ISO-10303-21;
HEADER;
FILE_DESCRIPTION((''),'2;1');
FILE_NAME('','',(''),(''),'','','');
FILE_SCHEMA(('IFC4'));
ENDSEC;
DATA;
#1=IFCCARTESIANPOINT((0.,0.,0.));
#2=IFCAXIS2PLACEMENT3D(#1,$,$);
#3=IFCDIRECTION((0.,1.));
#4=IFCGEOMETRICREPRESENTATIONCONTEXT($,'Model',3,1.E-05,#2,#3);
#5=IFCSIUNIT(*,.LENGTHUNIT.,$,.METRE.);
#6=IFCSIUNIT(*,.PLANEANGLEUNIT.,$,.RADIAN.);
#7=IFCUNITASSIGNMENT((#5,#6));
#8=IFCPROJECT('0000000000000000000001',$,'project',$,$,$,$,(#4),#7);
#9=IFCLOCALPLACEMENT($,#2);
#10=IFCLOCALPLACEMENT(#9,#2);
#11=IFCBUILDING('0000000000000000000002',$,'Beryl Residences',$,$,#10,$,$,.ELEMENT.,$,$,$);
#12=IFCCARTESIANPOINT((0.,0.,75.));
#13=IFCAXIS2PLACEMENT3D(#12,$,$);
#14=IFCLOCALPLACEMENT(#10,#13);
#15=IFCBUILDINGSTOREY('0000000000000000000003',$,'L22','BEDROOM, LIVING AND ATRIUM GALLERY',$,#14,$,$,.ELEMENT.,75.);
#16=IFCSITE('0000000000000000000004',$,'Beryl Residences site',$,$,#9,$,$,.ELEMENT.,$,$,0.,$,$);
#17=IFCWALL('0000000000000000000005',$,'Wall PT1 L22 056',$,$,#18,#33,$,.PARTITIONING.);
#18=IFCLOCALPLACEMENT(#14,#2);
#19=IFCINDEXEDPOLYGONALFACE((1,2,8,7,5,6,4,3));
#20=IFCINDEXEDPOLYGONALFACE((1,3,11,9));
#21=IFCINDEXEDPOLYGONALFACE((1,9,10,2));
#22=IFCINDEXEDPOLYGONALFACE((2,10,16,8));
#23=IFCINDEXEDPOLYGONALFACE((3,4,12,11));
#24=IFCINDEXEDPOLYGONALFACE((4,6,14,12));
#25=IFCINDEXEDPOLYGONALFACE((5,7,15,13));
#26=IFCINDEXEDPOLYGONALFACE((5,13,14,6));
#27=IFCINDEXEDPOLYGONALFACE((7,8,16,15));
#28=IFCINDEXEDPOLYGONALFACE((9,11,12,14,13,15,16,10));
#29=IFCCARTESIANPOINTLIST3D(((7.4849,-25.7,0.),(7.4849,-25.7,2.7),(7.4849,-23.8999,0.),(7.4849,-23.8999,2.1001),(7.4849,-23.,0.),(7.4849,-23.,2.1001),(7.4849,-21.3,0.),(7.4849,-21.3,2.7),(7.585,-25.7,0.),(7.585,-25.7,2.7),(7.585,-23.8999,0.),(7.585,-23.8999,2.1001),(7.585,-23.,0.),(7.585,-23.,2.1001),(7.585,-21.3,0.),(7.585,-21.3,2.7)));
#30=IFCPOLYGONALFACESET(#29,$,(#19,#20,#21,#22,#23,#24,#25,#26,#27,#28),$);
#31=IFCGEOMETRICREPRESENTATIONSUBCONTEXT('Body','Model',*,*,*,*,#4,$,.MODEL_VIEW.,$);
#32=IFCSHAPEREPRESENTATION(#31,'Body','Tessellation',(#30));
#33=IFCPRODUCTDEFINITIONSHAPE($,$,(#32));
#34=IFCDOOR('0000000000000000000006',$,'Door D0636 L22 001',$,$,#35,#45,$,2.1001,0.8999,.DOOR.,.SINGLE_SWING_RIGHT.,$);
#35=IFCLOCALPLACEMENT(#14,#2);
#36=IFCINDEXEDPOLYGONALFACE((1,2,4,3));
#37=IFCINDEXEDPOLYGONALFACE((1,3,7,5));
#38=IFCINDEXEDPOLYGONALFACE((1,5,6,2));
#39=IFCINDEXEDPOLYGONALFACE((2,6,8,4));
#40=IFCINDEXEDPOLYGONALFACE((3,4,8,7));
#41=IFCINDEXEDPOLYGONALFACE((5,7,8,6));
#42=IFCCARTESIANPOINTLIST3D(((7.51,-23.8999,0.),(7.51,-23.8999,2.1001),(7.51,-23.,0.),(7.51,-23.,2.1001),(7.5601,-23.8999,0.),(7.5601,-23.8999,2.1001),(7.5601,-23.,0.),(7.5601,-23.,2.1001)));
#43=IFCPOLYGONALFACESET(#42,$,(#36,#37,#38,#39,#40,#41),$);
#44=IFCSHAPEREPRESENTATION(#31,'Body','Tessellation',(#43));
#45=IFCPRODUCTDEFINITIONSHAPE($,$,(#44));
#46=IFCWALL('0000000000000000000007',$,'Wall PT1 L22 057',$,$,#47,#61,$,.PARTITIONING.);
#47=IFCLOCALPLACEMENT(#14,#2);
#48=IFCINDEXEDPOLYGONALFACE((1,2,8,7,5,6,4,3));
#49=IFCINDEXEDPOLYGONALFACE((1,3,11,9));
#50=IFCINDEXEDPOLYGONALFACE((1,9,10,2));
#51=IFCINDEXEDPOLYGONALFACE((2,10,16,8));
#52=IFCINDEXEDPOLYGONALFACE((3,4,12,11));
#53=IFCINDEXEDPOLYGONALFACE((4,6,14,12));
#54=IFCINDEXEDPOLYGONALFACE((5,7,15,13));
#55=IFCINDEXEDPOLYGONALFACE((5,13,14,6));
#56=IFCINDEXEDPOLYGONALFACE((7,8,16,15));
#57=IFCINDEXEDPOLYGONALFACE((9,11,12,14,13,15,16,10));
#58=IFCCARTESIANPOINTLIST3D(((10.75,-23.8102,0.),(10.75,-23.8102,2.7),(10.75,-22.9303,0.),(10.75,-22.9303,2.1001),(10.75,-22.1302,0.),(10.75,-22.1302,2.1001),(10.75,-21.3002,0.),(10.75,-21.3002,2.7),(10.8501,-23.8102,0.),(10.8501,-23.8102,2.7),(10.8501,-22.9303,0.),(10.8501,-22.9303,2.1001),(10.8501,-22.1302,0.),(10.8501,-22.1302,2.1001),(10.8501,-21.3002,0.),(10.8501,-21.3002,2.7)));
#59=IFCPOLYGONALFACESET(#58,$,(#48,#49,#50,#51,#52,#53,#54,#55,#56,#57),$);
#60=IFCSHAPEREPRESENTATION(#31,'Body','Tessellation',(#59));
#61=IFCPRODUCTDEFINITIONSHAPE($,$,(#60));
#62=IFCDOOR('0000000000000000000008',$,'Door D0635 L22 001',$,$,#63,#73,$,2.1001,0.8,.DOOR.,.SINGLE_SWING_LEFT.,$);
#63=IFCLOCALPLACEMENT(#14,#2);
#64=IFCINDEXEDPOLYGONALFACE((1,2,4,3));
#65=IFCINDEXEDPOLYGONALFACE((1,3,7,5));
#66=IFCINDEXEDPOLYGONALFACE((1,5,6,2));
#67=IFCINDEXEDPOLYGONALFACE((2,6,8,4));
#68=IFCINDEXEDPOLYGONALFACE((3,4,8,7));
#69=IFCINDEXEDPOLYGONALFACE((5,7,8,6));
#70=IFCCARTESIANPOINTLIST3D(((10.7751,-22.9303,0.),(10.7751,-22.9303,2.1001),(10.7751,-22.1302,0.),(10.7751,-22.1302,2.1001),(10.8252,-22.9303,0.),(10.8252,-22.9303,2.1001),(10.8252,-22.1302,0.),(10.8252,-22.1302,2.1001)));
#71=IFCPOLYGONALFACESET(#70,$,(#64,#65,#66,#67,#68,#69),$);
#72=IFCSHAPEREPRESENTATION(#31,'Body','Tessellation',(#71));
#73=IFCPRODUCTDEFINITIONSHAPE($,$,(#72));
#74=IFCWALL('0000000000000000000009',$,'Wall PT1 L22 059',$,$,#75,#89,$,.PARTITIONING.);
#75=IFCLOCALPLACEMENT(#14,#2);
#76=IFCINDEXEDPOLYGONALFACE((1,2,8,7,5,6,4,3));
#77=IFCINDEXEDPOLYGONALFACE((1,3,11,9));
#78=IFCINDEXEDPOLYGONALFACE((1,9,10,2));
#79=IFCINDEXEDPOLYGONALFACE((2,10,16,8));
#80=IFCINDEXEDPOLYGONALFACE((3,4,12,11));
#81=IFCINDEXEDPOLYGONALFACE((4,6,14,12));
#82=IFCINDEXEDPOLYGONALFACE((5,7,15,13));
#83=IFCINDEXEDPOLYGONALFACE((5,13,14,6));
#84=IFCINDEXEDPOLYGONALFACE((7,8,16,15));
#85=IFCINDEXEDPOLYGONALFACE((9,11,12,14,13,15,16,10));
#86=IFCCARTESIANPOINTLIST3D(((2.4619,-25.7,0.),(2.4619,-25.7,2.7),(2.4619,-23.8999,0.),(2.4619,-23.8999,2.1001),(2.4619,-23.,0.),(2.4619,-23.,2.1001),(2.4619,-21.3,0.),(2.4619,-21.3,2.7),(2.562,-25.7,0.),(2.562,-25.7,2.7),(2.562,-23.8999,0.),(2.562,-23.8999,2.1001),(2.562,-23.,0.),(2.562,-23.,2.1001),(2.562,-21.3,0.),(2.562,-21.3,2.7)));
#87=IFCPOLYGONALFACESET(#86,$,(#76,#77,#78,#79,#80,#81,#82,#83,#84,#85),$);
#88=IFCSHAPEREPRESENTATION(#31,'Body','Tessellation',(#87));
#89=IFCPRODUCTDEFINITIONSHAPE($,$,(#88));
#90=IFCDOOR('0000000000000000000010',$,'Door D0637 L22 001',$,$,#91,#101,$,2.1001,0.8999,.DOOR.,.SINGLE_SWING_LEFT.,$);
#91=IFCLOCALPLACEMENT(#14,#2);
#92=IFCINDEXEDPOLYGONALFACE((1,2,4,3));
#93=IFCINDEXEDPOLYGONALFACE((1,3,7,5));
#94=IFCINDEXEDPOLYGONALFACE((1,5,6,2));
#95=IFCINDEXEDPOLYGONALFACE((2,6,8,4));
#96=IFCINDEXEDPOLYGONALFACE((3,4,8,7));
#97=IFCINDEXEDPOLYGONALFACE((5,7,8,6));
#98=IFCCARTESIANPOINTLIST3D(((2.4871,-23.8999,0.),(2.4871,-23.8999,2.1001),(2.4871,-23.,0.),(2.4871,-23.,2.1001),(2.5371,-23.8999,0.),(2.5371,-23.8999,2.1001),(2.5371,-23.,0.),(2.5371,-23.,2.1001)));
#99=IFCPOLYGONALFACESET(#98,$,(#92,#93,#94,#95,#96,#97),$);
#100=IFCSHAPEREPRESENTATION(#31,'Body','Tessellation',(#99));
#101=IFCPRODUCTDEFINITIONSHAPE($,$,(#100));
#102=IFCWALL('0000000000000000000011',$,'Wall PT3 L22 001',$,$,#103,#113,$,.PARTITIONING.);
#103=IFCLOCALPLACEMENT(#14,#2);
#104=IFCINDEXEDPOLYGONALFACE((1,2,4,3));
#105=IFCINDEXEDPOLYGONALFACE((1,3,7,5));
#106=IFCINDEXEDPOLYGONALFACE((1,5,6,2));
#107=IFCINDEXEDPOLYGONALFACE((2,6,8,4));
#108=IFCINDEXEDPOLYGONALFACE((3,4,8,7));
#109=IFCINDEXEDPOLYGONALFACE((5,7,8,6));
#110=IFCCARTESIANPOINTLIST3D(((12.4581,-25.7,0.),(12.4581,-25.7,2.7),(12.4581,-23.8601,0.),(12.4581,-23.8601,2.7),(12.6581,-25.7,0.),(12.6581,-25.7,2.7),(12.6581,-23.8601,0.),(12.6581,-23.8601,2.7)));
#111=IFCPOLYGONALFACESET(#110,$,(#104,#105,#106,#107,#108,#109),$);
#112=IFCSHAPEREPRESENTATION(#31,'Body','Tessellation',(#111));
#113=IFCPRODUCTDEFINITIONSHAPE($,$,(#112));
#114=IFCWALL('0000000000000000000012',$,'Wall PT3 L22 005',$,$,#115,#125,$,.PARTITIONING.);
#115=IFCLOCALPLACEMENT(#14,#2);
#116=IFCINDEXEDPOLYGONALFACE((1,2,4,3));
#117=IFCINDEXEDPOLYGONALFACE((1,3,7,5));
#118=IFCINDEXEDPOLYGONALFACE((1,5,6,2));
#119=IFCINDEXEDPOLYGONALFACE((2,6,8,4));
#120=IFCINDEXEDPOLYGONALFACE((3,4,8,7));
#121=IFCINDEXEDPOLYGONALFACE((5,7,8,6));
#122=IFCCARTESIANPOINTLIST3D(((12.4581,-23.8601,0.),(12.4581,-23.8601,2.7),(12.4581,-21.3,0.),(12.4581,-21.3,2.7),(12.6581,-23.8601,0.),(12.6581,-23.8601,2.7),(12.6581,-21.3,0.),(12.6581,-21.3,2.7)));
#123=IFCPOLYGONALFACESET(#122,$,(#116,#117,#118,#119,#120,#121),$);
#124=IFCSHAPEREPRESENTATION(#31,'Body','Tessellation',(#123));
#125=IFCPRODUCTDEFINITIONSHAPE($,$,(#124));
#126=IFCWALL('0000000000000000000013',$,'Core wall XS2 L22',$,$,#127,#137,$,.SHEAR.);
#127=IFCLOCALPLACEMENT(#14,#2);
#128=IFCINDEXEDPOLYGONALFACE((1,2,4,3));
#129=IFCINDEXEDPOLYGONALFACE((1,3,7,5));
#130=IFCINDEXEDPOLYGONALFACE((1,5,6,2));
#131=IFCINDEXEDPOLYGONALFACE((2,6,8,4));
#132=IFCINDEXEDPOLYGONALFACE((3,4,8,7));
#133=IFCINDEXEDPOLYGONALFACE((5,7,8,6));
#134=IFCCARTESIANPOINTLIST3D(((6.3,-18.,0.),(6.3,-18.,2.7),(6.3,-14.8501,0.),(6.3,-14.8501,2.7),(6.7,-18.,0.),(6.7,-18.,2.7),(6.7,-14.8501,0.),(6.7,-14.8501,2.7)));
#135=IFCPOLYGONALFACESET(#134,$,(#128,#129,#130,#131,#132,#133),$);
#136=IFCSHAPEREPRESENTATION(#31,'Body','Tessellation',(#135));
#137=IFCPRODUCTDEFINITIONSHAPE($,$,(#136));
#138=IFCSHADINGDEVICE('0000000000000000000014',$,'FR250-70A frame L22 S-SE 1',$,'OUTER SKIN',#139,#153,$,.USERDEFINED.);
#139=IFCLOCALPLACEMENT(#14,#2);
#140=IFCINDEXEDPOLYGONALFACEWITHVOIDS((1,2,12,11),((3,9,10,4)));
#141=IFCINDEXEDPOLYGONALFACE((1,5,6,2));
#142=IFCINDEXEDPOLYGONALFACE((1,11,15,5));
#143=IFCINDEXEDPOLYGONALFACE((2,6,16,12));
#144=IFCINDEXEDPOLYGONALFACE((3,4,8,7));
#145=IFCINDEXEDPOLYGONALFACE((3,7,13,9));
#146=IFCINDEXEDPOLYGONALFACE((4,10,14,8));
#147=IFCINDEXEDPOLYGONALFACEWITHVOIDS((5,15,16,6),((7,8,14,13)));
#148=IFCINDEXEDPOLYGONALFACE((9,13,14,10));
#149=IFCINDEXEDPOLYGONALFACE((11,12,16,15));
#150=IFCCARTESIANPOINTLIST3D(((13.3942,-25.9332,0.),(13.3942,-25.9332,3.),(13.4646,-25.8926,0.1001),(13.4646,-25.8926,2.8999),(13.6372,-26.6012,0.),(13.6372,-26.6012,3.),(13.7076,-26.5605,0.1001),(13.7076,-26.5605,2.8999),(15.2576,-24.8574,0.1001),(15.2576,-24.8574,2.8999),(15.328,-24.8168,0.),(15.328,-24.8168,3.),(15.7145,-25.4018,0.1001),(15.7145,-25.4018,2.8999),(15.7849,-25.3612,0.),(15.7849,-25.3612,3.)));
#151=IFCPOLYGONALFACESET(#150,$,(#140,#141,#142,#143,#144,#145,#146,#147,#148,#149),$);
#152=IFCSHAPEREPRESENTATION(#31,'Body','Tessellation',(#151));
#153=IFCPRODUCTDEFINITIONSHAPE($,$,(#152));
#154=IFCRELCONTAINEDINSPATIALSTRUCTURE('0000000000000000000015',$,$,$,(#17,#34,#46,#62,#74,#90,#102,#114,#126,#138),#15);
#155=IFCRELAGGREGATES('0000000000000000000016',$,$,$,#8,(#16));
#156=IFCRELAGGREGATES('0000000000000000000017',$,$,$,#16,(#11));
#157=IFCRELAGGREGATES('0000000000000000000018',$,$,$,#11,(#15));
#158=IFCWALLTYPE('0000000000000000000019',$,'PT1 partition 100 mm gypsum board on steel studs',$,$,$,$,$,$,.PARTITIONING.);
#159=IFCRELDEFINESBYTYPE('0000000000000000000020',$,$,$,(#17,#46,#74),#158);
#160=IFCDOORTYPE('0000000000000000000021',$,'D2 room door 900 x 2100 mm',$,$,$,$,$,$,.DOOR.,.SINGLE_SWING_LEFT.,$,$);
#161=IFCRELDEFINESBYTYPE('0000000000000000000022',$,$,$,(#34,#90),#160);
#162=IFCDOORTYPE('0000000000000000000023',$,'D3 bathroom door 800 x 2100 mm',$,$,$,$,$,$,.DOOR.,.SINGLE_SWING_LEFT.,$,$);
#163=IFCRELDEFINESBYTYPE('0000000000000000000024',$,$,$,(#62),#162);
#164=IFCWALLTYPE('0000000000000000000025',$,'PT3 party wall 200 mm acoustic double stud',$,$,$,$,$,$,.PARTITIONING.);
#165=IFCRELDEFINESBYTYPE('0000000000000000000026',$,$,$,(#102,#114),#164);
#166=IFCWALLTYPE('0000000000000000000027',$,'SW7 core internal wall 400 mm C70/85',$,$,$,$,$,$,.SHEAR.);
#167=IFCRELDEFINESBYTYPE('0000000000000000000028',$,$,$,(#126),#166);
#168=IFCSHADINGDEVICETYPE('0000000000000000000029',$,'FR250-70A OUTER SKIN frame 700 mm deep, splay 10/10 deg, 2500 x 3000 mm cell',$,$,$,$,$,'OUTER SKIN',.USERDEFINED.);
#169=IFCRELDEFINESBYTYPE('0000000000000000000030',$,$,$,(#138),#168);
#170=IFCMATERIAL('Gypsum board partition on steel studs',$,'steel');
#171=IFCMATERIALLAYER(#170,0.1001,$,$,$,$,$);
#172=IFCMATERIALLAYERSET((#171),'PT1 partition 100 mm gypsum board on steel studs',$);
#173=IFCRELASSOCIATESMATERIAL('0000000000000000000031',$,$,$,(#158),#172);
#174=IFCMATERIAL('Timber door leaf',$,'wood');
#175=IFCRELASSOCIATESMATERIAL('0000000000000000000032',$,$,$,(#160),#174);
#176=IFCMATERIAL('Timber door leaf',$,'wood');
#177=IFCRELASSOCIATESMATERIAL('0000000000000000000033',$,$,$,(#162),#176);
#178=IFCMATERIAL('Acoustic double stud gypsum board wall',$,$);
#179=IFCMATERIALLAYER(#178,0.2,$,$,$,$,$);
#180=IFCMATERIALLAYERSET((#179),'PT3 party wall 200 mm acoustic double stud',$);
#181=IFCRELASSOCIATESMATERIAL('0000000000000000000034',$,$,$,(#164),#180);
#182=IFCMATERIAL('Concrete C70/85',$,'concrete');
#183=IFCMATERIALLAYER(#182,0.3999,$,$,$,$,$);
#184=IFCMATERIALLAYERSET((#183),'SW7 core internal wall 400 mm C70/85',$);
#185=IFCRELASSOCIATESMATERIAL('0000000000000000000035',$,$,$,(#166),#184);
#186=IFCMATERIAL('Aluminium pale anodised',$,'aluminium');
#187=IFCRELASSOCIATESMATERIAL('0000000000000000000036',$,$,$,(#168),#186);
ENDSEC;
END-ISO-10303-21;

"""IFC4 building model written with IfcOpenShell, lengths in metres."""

from ifc_helpers import new_model, entity, si_unit, direction, frame, frame_2d, origin, place, context, subcontext, project, spatial, rectangle, extrude, source, transform, mapped, material, layer, layer_set, type_object, type_shapes, element, fill, save


model = new_model("IFC4")

# Units and contexts
model_context = context("Model", 3, precision=1e-05, world=origin(), true_north=direction((0.0, 1.0)))
body_context = subcontext(model_context, "Body", "Model", "MODEL_VIEW")
ifc_project = project(units=[si_unit("LENGTHUNIT", "METRE"), si_unit("PLANEANGLEUNIT", "RADIAN")], contexts=[model_context])

# Site, building, storey
site_placement = place(None, origin())
site = spatial("IfcSite", under=ifc_project, at=site_placement, Name="Beryl Residences site", CompositionType="ELEMENT", RefElevation=0.0)
building_placement = place(site_placement, origin())
building = spatial("IfcBuilding", under=site, at=building_placement, Name="Beryl Residences", CompositionType="ELEMENT")
storey_placement = place(building_placement, frame((0.0, 0.0, 75.0)))
storey = spatial("IfcBuildingStorey", under=building, at=storey_placement, Name="L22", Description="BEDROOM, LIVING AND ATRIUM GALLERY", CompositionType="ELEMENT", Elevation=75.0)

# Shared definitions
ifc_material_1 = material(Name="Gypsum board partition on steel studs", Category="steel")
ifc_layer_1 = layer(ifc_material_1, 0.1001)
ifc_layer_set_1 = layer_set([ifc_layer_1], Name="PT1 partition 100 mm gypsum board on steel studs")
wall_type_1 = type_object("IfcWallType", Name="PT1 partition 100 mm gypsum board on steel studs", PredefinedType="PARTITIONING", material=ifc_layer_set_1)
ifc_material_2 = material(Name="Timber door leaf", Category="wood")
door_type_1 = type_object("IfcDoorType", Name="D2 room door 900 x 2100 mm", OperationType="SINGLE_SWING_LEFT", PredefinedType="DOOR", material=ifc_material_2)

# Walls, openings, doors
wall_1_placement = place(storey_placement, frame((7.5349, -25.7, 0.0), z_axis=(0.0, 0.0, 1.0), x_axis=(0.0, 1.0, 0.0)))
wall_1 = element("IfcWall", 1, at=wall_1_placement, inside=storey, type_object=wall_type_1, Name="Wall PT1 L22 056", PredefinedType="PARTITIONING", context=body_context, shape_type="SweptSolid", body=[
    extrude(rectangle(XDim=4.3999, YDim=0.1001, at=frame_2d((2.2, 0.0))), origin(), (0.0, 0.0, 1.0), 2.7),
])
opening_1_placement = place(wall_1_placement, frame((1.8, 0.0, 0.0)))
opening_1 = element("IfcOpeningElement", 2, at=opening_1_placement, cuts=wall_1, PredefinedType="OPENING", context=body_context, shape_type="SweptSolid", body=[
    extrude(rectangle(XDim=0.8999, YDim=2.1001, at=frame_2d((0.45, 1.05))), frame((0.0, 0.0601, 0.0), z_axis=(0.0, -1.0, 0.0), x_axis=(1.0, 0.0, 0.0)), (0.0, 0.0, 1.0), 0.1201),
])
door_1_placement = place(opening_1_placement, origin())
door_1 = element("IfcDoor", 3, at=door_1_placement, inside=storey, type_object=door_type_1, Name="Door D0636 L22 001", OperationType="SINGLE_SWING_RIGHT", OverallHeight=2.1001, OverallWidth=0.8999, PredefinedType="DOOR", context=body_context, shape_type="SweptSolid", body=[
    extrude(rectangle(XDim=0.8999, YDim=2.1001, at=frame_2d((0.45, 1.05))), frame((0.0, 0.0249, 0.0), z_axis=(0.0, -1.0, 0.0), x_axis=(1.0, 0.0, 0.0)), (0.0, 0.0, 1.0), 0.05),
])
fill(opening_1, door_1)
wall_2_placement = place(storey_placement, frame((10.8, -23.8101, 0.0), z_axis=(0.0, 0.0, 1.0), x_axis=(0.0, 1.0, 0.0)))
wall_2 = element("IfcWall", 4, at=wall_2_placement, inside=storey, type_object=wall_type_1, Name="Wall PT1 L22 057", PredefinedType="PARTITIONING", context=body_context, shape_type="SweptSolid", body=[
    extrude(rectangle(XDim=2.51, YDim=0.1001, at=frame_2d((1.2549, 0.0))), origin(), (0.0, 0.0, 1.0), 2.7),
])
opening_2_placement = place(wall_2_placement, frame((0.8799, 0.0, 0.0)))
opening_2 = element("IfcOpeningElement", 5, at=opening_2_placement, cuts=wall_2, PredefinedType="OPENING", context=body_context, shape_type="SweptSolid", body=[
    extrude(rectangle(XDim=0.8, YDim=2.1001, at=frame_2d((0.3999, 1.05))), frame((0.0, 0.0601, 0.0), z_axis=(0.0, -1.0, 0.0), x_axis=(1.0, 0.0, 0.0)), (0.0, 0.0, 1.0), 0.1201),
])
ifc_material_3 = material(Name="Timber door leaf", Category="wood")
door_type_2 = type_object("IfcDoorType", Name="D3 bathroom door 800 x 2100 mm", OperationType="SINGLE_SWING_LEFT", PredefinedType="DOOR", material=ifc_material_3)
door_2_placement = place(opening_2_placement, origin())
door_2 = element("IfcDoor", 6, at=door_2_placement, inside=storey, type_object=door_type_2, Name="Door D0635 L22 001", OperationType="SINGLE_SWING_LEFT", OverallHeight=2.1001, OverallWidth=0.8, PredefinedType="DOOR", context=body_context, shape_type="SweptSolid", body=[
    extrude(rectangle(XDim=0.8, YDim=2.1001, at=frame_2d((0.3999, 1.05))), frame((0.0, 0.0249, 0.0), z_axis=(0.0, -1.0, 0.0), x_axis=(1.0, 0.0, 0.0)), (0.0, 0.0, 1.0), 0.05),
])
fill(opening_2, door_2)
wall_3_placement = place(storey_placement, frame((2.512, -25.7, 0.0), z_axis=(0.0, 0.0, 1.0), x_axis=(0.0, 1.0, 0.0)))
wall_3 = element("IfcWall", 7, at=wall_3_placement, inside=storey, type_object=wall_type_1, Name="Wall PT1 L22 059", PredefinedType="PARTITIONING", context=body_context, shape_type="SweptSolid", body=[
    extrude(rectangle(XDim=4.3999, YDim=0.1001, at=frame_2d((2.2, 0.0))), origin(), (0.0, 0.0, 1.0), 2.7),
])
opening_3_placement = place(wall_3_placement, frame((1.8, 0.0, 0.0)))
opening_3 = element("IfcOpeningElement", 8, at=opening_3_placement, cuts=wall_3, PredefinedType="OPENING", context=body_context, shape_type="SweptSolid", body=[
    extrude(rectangle(XDim=0.8999, YDim=2.1001, at=frame_2d((0.45, 1.05))), frame((0.0, 0.0601, 0.0), z_axis=(0.0, -1.0, 0.0), x_axis=(1.0, 0.0, 0.0)), (0.0, 0.0, 1.0), 0.1201),
])
door_3_placement = place(opening_3_placement, origin())
door_3 = element("IfcDoor", 9, at=door_3_placement, inside=storey, type_object=door_type_1, Name="Door D0637 L22 001", OperationType="SINGLE_SWING_LEFT", OverallHeight=2.1001, OverallWidth=0.8999, PredefinedType="DOOR", context=body_context, shape_type="SweptSolid", body=[
    extrude(rectangle(XDim=0.8999, YDim=2.1001, at=frame_2d((0.45, 1.05))), frame((0.0, 0.0249, 0.0), z_axis=(0.0, -1.0, 0.0), x_axis=(1.0, 0.0, 0.0)), (0.0, 0.0, 1.0), 0.05),
])
fill(opening_3, door_3)

# Walls
ifc_material_4 = material(Name="Acoustic double stud gypsum board wall")
ifc_layer_2 = layer(ifc_material_4, 0.2)
ifc_layer_set_2 = layer_set([ifc_layer_2], Name="PT3 party wall 200 mm acoustic double stud")
wall_type_2 = type_object("IfcWallType", Name="PT3 party wall 200 mm acoustic double stud", PredefinedType="PARTITIONING", material=ifc_layer_set_2)
wall_4_placement = place(storey_placement, frame((12.5581, -23.8601, 0.0), z_axis=(0.0, 0.0, 1.0), x_axis=(0.0, -1.0, 0.0)))
element("IfcWall", 10, at=wall_4_placement, inside=storey, type_object=wall_type_2, Name="Wall PT3 L22 001", PredefinedType="PARTITIONING", context=body_context, shape_type="SweptSolid", body=[
    extrude(rectangle(XDim=1.8398, YDim=0.2, at=frame_2d((0.9199, 0.0))), origin(), (0.0, 0.0, 1.0), 2.7),
])
wall_5_placement = place(storey_placement, frame((12.5581, -23.8601, 0.0), z_axis=(0.0, 0.0, 1.0), x_axis=(0.0, 1.0, 0.0)))
element("IfcWall", 11, at=wall_5_placement, inside=storey, type_object=wall_type_2, Name="Wall PT3 L22 005", PredefinedType="PARTITIONING", context=body_context, shape_type="SweptSolid", body=[
    extrude(rectangle(XDim=2.5601, YDim=0.2, at=frame_2d((1.28, 0.0))), origin(), (0.0, 0.0, 1.0), 2.7),
])
ifc_material_5 = material(Name="Concrete C70/85", Category="concrete")
ifc_layer_3 = layer(ifc_material_5, 0.3999)
ifc_layer_set_3 = layer_set([ifc_layer_3], Name="SW7 core internal wall 400 mm C70/85")
wall_type_3 = type_object("IfcWallType", Name="SW7 core internal wall 400 mm C70/85", PredefinedType="SHEAR", material=ifc_layer_set_3)
wall_6_placement = place(storey_placement, frame((6.5, -18.0, 0.0), z_axis=(0.0, 0.0, 1.0), x_axis=(0.0, 1.0, 0.0)))
element("IfcWall", 12, at=wall_6_placement, inside=storey, type_object=wall_type_3, Name="Core wall XS2 L22", PredefinedType="SHEAR", context=body_context, shape_type="SweptSolid", body=[
    extrude(rectangle(XDim=3.1499, YDim=0.3999, at=frame_2d((1.575, 0.0))), origin(), (0.0, 0.0, 1.0), 2.7),
])

# Shading device
ifc_material_6 = material(Name="Aluminium pale anodised", Category="aluminium")
shading_device_type_1 = type_object("IfcShadingDeviceType", Name="FR250-70A OUTER SKIN frame 700 mm deep, splay 10/10 deg, 2500 x 3000 mm cell", ElementType="OUTER SKIN", PredefinedType="USERDEFINED", material=ifc_material_6)
cartesian_point_1 = entity("IfcCartesianPoint", [-1.1165, 0.0])
cartesian_point_2 = entity("IfcCartesianPoint", [-1.0352, 0.1001])
cartesian_point_3 = entity("IfcCartesianPoint", [-1.24, 0.0])
cartesian_point_4 = entity("IfcCartesianPoint", [-1.1587, 0.1001])
shared_shape_1 = source(origin(), body_context, "Body", "SweptSolid", [
    entity("IfcExtrudedAreaSolidTapered", entity("IfcArbitraryProfileDefWithVoids", "AREA", None, entity("IfcPolyline", [cartesian_point_1, entity("IfcCartesianPoint", [1.1165, 0.0]), entity("IfcCartesianPoint", [1.1165, 3.0]), entity("IfcCartesianPoint", [-1.1165, 3.0]), cartesian_point_1]), [entity("IfcPolyline", [cartesian_point_2, entity("IfcCartesianPoint", [1.0352, 0.1001]), entity("IfcCartesianPoint", [1.0352, 2.8999]), entity("IfcCartesianPoint", [-1.0352, 2.8999]), cartesian_point_2])]), entity("IfcAxis2Placement3D", entity("IfcCartesianPoint", [0.0, 0.0, 0.0]), entity("IfcDirection", [0.0, 1.0, 0.0]), entity("IfcDirection", [-1.0, 0.0, 0.0])), entity("IfcDirection", [0.0, 0.0, 1.0]), 0.7, entity("IfcArbitraryProfileDefWithVoids", "AREA", None, entity("IfcPolyline", [cartesian_point_3, entity("IfcCartesianPoint", [1.24, 0.0]), entity("IfcCartesianPoint", [1.24, 3.0]), entity("IfcCartesianPoint", [-1.24, 3.0]), cartesian_point_3]), [entity("IfcPolyline", [cartesian_point_4, entity("IfcCartesianPoint", [1.1587, 0.1001]), entity("IfcCartesianPoint", [1.1587, 2.8999]), entity("IfcCartesianPoint", [-1.1587, 2.8999]), cartesian_point_4])])),
])
type_shapes(shading_device_type_1, [shared_shape_1])
shading_device_placement = place(storey_placement, frame((14.3611, -25.375, 0.0), z_axis=(0.0, 0.0, 1.0), x_axis=(-0.866025, -0.5, 0.0)))
element("IfcShadingDevice", 13, at=shading_device_placement, inside=storey, type_object=shading_device_type_1, Name="FR250-70A frame L22 S-SE 1", ObjectType="OUTER SKIN", PredefinedType="USERDEFINED", context=body_context, shape_type="MappedRepresentation", body=[
    mapped(shared_shape_1, transform((0.0, 0.0, 0.0))),
])

save(model, "model.ifc")
